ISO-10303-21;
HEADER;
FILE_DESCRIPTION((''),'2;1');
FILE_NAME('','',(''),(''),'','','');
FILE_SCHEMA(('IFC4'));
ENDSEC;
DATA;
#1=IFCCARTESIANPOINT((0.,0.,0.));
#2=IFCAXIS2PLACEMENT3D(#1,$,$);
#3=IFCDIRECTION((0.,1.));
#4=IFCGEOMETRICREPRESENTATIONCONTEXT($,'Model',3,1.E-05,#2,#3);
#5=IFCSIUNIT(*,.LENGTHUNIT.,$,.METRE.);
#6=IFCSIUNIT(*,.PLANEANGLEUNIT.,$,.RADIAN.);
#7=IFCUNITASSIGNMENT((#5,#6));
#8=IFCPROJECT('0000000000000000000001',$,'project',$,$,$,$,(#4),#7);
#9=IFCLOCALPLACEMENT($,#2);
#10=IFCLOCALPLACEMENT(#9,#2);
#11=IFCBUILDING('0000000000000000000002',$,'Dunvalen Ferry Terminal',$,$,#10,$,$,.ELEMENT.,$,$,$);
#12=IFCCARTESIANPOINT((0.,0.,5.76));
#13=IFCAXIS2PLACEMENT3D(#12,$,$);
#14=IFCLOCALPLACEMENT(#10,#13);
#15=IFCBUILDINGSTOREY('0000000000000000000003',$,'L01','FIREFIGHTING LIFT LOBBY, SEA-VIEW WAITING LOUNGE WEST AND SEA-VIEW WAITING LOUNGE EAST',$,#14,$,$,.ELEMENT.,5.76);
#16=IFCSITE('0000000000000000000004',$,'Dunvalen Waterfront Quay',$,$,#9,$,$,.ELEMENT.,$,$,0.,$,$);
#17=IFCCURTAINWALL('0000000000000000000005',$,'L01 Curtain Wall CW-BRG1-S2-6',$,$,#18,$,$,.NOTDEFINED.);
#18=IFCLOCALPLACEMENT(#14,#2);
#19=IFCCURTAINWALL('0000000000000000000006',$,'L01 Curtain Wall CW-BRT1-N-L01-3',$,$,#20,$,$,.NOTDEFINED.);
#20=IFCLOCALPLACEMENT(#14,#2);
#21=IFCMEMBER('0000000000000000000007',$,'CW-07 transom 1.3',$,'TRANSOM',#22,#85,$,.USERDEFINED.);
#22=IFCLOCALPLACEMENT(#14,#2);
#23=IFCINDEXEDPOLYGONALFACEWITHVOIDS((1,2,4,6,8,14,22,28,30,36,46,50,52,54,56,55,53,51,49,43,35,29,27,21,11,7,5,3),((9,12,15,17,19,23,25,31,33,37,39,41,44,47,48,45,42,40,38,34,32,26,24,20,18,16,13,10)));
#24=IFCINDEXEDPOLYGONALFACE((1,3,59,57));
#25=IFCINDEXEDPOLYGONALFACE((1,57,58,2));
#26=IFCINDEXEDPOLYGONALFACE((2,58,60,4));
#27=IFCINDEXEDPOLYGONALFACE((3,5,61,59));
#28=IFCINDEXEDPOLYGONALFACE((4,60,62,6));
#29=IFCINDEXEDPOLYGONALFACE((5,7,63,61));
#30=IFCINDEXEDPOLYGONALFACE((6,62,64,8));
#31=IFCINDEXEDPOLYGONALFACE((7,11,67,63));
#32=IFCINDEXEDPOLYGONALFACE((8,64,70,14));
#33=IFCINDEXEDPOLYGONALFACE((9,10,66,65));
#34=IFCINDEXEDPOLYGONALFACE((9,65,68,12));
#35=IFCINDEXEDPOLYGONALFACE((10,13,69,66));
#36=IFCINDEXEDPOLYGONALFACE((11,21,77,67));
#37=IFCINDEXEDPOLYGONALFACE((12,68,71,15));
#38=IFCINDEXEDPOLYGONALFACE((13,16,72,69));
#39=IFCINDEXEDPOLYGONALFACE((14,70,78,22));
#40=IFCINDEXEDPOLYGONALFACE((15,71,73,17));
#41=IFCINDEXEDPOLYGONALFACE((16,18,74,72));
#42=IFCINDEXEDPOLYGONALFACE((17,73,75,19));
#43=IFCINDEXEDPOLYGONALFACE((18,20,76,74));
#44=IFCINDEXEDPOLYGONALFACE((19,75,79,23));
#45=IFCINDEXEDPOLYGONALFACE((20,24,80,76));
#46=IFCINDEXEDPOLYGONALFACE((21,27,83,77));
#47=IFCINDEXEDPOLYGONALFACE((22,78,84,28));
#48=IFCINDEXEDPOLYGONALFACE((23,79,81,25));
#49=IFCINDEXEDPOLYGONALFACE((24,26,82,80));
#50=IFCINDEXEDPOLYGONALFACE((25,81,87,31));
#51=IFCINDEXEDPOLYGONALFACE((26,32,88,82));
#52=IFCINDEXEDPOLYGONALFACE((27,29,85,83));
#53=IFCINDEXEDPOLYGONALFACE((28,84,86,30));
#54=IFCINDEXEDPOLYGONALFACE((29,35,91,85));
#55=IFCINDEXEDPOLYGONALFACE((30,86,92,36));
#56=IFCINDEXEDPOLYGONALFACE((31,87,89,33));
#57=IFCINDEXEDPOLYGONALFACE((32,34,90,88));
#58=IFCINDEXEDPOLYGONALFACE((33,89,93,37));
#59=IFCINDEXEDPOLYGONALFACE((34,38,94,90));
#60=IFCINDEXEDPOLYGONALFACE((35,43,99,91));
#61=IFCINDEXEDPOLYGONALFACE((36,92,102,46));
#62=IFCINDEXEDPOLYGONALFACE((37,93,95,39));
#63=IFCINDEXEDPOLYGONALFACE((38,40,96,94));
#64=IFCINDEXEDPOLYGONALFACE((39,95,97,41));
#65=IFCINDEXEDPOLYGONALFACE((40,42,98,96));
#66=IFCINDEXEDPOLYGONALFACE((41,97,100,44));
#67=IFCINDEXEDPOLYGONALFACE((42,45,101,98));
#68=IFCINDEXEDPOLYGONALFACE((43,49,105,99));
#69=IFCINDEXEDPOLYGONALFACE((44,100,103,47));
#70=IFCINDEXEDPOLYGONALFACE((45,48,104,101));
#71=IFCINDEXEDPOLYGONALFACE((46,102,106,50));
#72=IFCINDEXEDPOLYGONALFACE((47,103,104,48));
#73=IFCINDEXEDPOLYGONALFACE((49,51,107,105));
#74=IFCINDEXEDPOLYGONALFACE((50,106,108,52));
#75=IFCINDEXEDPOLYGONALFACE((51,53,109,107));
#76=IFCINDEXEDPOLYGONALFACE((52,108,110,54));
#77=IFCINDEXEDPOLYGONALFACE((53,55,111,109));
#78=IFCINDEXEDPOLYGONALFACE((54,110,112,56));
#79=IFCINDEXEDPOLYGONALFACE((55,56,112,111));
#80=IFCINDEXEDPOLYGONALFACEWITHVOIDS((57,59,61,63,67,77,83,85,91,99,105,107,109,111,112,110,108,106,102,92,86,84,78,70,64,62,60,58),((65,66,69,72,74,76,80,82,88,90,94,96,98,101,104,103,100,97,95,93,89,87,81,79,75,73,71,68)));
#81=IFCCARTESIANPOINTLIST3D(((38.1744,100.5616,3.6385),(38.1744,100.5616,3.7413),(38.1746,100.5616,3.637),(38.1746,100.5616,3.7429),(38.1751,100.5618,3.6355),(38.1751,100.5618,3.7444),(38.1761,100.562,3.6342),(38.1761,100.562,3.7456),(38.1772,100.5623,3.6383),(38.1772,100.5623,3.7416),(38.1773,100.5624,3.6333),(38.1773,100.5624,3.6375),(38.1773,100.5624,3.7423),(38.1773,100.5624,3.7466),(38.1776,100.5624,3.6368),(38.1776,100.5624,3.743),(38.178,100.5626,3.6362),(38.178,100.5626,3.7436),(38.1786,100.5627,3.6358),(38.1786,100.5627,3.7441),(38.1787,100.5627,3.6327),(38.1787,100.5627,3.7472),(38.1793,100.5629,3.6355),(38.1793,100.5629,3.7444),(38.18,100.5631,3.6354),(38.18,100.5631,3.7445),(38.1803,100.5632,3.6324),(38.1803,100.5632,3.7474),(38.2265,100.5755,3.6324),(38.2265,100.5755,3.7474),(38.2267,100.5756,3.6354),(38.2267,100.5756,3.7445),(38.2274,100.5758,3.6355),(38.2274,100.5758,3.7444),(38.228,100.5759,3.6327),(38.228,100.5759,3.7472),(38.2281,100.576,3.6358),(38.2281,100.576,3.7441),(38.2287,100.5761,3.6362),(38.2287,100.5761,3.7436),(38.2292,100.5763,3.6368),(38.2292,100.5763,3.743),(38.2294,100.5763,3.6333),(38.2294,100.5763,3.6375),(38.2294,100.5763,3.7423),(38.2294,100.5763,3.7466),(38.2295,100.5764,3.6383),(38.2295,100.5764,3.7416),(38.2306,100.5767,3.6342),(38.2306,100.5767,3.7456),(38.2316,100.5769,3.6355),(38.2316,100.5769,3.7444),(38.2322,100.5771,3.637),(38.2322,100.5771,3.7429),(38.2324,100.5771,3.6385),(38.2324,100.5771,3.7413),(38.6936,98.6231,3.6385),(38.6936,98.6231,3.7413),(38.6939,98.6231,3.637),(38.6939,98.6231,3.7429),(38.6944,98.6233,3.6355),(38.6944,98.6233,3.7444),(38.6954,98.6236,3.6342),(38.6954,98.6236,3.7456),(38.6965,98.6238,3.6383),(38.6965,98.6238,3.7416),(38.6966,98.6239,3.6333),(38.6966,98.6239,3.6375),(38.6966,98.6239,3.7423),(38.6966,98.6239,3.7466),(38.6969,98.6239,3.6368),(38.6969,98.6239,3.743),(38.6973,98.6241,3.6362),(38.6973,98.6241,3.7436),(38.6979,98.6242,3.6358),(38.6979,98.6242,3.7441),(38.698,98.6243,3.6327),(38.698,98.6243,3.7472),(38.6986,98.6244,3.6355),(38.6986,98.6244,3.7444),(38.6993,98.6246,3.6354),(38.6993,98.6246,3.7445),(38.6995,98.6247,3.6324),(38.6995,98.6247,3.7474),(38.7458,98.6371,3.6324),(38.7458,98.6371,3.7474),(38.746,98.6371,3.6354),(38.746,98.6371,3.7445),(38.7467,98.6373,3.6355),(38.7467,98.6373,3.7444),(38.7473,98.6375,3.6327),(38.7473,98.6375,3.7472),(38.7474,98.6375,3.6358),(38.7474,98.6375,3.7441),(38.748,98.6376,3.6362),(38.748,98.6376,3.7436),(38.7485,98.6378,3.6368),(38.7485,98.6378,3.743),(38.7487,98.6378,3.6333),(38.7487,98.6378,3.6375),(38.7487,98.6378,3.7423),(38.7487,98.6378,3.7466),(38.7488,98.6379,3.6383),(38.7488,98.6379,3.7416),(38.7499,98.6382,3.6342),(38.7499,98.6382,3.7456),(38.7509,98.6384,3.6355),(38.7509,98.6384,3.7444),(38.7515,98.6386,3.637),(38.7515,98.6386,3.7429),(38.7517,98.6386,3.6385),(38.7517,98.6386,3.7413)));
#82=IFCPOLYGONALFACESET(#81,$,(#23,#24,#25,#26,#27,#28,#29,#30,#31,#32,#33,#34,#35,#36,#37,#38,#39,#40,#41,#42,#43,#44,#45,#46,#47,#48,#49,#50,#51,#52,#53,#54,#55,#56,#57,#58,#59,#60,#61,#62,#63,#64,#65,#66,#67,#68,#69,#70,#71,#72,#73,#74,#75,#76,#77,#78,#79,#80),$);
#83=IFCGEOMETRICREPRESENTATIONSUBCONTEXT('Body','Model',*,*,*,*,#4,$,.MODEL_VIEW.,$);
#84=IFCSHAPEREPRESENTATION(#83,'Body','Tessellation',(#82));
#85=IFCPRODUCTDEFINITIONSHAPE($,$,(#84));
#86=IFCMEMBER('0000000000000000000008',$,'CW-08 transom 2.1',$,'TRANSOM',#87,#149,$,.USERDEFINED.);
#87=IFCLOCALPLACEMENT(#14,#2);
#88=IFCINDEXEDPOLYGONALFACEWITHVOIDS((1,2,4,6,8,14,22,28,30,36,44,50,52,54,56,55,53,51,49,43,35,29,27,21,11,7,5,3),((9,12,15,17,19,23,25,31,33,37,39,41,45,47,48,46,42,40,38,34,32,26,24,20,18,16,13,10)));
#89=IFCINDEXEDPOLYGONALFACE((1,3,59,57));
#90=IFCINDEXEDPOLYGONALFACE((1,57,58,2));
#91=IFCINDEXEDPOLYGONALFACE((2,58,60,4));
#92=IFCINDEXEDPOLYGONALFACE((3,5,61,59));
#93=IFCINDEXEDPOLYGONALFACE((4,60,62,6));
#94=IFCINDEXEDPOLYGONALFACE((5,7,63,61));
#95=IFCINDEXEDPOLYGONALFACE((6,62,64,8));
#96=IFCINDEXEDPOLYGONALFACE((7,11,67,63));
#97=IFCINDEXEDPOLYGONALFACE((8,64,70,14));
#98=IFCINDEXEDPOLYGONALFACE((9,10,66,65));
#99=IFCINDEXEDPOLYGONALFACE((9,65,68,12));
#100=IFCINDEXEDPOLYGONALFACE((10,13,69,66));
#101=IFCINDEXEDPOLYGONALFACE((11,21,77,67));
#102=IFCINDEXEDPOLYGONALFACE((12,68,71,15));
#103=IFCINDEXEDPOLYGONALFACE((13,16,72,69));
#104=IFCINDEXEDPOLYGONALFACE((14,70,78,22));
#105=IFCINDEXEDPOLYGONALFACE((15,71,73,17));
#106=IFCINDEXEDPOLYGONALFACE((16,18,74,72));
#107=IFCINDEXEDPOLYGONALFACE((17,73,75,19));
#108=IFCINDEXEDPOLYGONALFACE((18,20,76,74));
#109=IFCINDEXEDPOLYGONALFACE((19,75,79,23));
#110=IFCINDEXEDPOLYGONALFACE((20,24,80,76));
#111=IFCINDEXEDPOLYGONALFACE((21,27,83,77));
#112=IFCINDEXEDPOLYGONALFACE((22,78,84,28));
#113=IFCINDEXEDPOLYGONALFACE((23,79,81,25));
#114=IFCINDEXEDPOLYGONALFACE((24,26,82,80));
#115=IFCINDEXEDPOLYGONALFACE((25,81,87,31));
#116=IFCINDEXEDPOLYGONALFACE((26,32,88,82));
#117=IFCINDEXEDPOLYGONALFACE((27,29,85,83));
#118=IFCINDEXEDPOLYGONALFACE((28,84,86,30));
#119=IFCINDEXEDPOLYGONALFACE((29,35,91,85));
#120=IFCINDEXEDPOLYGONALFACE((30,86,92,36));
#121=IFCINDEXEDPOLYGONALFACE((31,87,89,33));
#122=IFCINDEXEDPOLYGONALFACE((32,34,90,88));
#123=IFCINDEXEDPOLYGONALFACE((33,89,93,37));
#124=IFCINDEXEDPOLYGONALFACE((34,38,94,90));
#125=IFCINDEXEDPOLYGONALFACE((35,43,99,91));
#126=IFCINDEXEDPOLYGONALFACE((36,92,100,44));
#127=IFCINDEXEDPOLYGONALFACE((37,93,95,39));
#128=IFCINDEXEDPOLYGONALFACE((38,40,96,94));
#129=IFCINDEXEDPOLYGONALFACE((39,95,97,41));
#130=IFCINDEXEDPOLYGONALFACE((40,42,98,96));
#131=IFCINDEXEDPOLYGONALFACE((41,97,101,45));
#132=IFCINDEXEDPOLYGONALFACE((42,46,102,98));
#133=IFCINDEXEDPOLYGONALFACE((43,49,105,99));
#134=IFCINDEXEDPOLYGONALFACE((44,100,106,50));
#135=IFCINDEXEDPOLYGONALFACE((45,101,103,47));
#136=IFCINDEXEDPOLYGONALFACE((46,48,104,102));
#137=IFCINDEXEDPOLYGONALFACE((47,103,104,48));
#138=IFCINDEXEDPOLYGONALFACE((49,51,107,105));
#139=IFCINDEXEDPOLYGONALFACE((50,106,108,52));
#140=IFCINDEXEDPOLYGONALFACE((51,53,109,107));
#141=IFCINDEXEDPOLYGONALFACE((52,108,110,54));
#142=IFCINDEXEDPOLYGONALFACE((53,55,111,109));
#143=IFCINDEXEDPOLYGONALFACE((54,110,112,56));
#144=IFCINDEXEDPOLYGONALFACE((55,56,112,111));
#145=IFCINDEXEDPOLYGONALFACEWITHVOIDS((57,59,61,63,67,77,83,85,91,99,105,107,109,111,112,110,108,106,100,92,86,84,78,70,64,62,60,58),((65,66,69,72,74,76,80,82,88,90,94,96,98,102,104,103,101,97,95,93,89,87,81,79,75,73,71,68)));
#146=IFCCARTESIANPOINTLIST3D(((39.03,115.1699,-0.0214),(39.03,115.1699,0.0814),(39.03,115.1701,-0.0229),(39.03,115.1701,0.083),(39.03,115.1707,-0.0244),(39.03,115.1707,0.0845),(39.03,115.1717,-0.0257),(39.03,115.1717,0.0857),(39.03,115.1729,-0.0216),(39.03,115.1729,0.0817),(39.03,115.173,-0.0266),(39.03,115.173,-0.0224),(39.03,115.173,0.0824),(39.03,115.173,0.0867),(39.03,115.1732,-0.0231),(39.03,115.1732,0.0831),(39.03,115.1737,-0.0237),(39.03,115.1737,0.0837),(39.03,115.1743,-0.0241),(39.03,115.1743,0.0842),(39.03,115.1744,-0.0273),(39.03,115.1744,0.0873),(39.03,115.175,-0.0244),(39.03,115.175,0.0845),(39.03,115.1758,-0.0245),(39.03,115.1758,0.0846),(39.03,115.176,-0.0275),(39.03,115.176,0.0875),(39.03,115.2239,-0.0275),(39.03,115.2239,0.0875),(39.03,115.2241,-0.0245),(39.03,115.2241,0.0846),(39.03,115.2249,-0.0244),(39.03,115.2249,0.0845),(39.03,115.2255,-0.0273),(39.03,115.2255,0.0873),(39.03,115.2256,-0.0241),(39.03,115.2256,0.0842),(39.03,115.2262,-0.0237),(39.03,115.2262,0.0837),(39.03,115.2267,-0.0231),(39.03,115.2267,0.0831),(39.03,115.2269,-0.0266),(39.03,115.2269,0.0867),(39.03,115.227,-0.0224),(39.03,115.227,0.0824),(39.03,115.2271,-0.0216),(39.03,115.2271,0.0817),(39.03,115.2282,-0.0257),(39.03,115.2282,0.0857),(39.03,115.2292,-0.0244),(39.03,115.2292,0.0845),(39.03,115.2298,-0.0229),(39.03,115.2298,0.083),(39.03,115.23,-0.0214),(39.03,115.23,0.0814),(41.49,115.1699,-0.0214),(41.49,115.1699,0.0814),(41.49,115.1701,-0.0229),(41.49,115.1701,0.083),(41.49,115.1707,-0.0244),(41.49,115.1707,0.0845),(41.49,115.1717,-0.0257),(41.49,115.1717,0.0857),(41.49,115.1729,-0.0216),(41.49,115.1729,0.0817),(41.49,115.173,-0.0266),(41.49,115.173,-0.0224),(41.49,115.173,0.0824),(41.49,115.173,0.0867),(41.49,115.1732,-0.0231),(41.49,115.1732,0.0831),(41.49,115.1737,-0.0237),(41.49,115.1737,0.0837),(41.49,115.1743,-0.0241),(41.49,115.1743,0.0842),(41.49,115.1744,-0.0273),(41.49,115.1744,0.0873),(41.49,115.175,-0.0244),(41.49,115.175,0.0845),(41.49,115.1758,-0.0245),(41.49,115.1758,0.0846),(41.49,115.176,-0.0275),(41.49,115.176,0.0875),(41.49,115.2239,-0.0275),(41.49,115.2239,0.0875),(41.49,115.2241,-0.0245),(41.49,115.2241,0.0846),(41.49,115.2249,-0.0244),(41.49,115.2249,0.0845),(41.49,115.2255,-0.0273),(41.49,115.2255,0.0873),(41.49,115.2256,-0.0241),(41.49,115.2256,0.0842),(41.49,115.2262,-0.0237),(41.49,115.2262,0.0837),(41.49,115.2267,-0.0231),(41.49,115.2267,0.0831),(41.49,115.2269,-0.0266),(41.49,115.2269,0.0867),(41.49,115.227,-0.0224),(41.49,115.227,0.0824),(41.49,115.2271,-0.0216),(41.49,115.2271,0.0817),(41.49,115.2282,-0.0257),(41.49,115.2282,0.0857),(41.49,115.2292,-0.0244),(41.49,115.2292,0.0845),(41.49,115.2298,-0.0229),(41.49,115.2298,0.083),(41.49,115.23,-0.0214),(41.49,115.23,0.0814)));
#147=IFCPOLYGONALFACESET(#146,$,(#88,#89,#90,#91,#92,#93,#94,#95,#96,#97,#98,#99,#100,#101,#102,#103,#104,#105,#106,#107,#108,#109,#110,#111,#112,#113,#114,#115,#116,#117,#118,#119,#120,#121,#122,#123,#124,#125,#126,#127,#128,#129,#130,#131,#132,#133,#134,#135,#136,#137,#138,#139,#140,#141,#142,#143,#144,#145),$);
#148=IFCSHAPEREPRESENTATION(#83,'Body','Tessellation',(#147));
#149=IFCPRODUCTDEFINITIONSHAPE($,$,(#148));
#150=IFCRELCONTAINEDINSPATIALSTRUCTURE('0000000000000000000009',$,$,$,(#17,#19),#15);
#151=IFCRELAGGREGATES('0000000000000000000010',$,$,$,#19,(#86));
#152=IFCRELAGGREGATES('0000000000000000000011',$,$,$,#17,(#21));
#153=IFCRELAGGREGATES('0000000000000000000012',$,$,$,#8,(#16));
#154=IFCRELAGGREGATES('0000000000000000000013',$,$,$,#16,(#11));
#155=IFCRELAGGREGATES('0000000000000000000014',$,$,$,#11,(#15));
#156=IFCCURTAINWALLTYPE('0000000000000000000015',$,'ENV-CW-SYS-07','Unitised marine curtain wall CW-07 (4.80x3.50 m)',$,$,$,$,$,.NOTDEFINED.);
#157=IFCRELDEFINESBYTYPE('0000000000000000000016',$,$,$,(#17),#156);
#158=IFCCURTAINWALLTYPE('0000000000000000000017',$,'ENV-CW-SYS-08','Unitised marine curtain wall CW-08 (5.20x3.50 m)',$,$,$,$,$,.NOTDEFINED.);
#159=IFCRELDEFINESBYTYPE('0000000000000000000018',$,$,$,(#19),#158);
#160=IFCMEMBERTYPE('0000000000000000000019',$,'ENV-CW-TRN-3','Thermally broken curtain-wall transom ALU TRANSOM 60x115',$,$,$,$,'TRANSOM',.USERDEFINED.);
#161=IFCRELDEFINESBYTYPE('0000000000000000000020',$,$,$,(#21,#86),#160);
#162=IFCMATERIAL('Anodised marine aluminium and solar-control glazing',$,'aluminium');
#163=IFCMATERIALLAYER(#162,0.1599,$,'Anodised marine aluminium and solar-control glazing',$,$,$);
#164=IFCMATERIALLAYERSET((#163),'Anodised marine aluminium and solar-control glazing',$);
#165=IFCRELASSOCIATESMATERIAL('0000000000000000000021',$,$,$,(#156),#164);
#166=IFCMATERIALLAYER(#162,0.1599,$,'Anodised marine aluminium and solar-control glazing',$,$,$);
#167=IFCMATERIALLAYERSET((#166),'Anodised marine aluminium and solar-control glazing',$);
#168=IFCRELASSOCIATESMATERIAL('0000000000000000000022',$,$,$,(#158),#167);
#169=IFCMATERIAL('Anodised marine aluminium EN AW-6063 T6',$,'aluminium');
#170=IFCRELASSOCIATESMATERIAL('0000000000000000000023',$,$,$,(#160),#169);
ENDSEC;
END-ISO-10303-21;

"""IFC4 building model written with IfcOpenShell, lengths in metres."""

from ifc_helpers import new_model, si_unit, direction, frame, origin, origin_2d, place, context, subcontext, project, spatial, hollow_rectangle, extrude, material, layer, layer_set, material_profile, profile_set, type_object, element, aggregate, save


model = new_model("IFC4")

# Units and contexts
model_context = context("Model", 3, precision=1e-05, world=origin(), true_north=direction((0.0, 1.0)))
body_context = subcontext(model_context, "Body", "Model", "MODEL_VIEW")
ifc_project = project(units=[si_unit("LENGTHUNIT", "METRE"), si_unit("PLANEANGLEUNIT", "RADIAN")], contexts=[model_context])

# Site, building, storey
site_placement = place(None, origin())
site = spatial("IfcSite", under=ifc_project, at=site_placement, Name="Dunvalen Waterfront Quay", CompositionType="ELEMENT", RefElevation=0.0)
building_placement = place(site_placement, origin())
building = spatial("IfcBuilding", under=site, at=building_placement, Name="Dunvalen Ferry Terminal", CompositionType="ELEMENT")
storey_placement = place(building_placement, frame((0.0, 0.0, 5.76)))
storey = spatial("IfcBuildingStorey", under=building, at=storey_placement, Name="L01", Description="FIREFIGHTING LIFT LOBBY, SEA-VIEW WAITING LOUNGE WEST AND SEA-VIEW WAITING LOUNGE EAST", CompositionType="ELEMENT", Elevation=5.76)

# Shared definitions
ifc_material_1 = material(Name="Anodised marine aluminium and solar-control glazing", Category="aluminium")
ifc_layer_1 = layer(ifc_material_1, 0.1599, Name="Anodised marine aluminium and solar-control glazing")
ifc_layer_set_1 = layer_set([ifc_layer_1], Name="Anodised marine aluminium and solar-control glazing")
curtain_wall_type_1 = type_object("IfcCurtainWallType", Name="ENV-CW-SYS-07", Description="Unitised marine curtain wall CW-07 (4.80x3.50 m)", PredefinedType="NOTDEFINED", material=ifc_layer_set_1)
ifc_material_2 = material(Name="Anodised marine aluminium EN AW-6063 T6", Category="aluminium")

# Curtain walls
curtain_wall_1_placement = place(storey_placement, origin())
curtain_wall_1 = element("IfcCurtainWall", 1, at=curtain_wall_1_placement, inside=storey, type_object=curtain_wall_type_1, Name="L01 Curtain Wall CW-BRG1-S2-6", PredefinedType="NOTDEFINED")
ifc_layer_2 = layer(ifc_material_1, 0.1599, Name="Anodised marine aluminium and solar-control glazing")
ifc_layer_set_2 = layer_set([ifc_layer_2], Name="Anodised marine aluminium and solar-control glazing")
curtain_wall_type_2 = type_object("IfcCurtainWallType", Name="ENV-CW-SYS-08", Description="Unitised marine curtain wall CW-08 (5.20x3.50 m)", PredefinedType="NOTDEFINED", material=ifc_layer_set_2)
curtain_wall_2_placement = place(storey_placement, origin())
curtain_wall_2 = element("IfcCurtainWall", 2, at=curtain_wall_2_placement, inside=storey, type_object=curtain_wall_type_2, Name="L01 Curtain Wall CW-BRT1-N-L01-3", PredefinedType="NOTDEFINED")

# Members
ifc_material_profile_1 = material_profile(ifc_material_2, hollow_rectangle(XDim=0.0601, YDim=0.115, WallThickness=0.0029, InnerFilletRadius=0.0029, OuterFilletRadius=0.0061, at=origin_2d()), Name="Anodised marine aluminium EN AW-6063 T6")
ifc_profile_set_1 = profile_set([ifc_material_profile_1], Name="Anodised marine aluminium EN AW-6063 T6")
member_type_1 = type_object("IfcMemberType", Name="ENV-CW-TRN-3", Description="Thermally broken curtain-wall transom ALU TRANSOM 60x115", ElementType="TRANSOM", PredefinedType="USERDEFINED", material=ifc_profile_set_1)
member_1_placement = place(storey_placement, frame((38.7227, 98.6309, 3.6899), z_axis=(-0.25876, 0.965942, 0.0), x_axis=(-0.965942, -0.25876, 0.0)))
member_1 = element("IfcMember", 3, at=member_1_placement, type_object=member_type_1, Name="CW-07 transom 1.3", ObjectType="TRANSOM", PredefinedType="USERDEFINED", context=body_context, shape_type="SweptSolid", body=[
    extrude(hollow_rectangle(XDim=0.0601, YDim=0.115, WallThickness=0.0029, InnerFilletRadius=0.0029, OuterFilletRadius=0.0061, at=origin_2d()), origin(), (0.0, 0.0, 1.0), 2.0068),
])
member_2_placement = place(storey_placement, frame((39.03, 115.2, 0.03), z_axis=(1.0, 0.0, 0.0), x_axis=(0.0, 1.0, 0.0)))
member_2 = element("IfcMember", 4, at=member_2_placement, type_object=member_type_1, Name="CW-08 transom 2.1", ObjectType="TRANSOM", PredefinedType="USERDEFINED", context=body_context, shape_type="SweptSolid", body=[
    extrude(hollow_rectangle(XDim=0.0601, YDim=0.115, WallThickness=0.0029, InnerFilletRadius=0.0029, OuterFilletRadius=0.0061, at=origin_2d()), origin(), (0.0, 0.0, 1.0), 2.46),
])

aggregate(curtain_wall_2, [member_2])
aggregate(curtain_wall_1, [member_1])

save(model, "model.ifc")
